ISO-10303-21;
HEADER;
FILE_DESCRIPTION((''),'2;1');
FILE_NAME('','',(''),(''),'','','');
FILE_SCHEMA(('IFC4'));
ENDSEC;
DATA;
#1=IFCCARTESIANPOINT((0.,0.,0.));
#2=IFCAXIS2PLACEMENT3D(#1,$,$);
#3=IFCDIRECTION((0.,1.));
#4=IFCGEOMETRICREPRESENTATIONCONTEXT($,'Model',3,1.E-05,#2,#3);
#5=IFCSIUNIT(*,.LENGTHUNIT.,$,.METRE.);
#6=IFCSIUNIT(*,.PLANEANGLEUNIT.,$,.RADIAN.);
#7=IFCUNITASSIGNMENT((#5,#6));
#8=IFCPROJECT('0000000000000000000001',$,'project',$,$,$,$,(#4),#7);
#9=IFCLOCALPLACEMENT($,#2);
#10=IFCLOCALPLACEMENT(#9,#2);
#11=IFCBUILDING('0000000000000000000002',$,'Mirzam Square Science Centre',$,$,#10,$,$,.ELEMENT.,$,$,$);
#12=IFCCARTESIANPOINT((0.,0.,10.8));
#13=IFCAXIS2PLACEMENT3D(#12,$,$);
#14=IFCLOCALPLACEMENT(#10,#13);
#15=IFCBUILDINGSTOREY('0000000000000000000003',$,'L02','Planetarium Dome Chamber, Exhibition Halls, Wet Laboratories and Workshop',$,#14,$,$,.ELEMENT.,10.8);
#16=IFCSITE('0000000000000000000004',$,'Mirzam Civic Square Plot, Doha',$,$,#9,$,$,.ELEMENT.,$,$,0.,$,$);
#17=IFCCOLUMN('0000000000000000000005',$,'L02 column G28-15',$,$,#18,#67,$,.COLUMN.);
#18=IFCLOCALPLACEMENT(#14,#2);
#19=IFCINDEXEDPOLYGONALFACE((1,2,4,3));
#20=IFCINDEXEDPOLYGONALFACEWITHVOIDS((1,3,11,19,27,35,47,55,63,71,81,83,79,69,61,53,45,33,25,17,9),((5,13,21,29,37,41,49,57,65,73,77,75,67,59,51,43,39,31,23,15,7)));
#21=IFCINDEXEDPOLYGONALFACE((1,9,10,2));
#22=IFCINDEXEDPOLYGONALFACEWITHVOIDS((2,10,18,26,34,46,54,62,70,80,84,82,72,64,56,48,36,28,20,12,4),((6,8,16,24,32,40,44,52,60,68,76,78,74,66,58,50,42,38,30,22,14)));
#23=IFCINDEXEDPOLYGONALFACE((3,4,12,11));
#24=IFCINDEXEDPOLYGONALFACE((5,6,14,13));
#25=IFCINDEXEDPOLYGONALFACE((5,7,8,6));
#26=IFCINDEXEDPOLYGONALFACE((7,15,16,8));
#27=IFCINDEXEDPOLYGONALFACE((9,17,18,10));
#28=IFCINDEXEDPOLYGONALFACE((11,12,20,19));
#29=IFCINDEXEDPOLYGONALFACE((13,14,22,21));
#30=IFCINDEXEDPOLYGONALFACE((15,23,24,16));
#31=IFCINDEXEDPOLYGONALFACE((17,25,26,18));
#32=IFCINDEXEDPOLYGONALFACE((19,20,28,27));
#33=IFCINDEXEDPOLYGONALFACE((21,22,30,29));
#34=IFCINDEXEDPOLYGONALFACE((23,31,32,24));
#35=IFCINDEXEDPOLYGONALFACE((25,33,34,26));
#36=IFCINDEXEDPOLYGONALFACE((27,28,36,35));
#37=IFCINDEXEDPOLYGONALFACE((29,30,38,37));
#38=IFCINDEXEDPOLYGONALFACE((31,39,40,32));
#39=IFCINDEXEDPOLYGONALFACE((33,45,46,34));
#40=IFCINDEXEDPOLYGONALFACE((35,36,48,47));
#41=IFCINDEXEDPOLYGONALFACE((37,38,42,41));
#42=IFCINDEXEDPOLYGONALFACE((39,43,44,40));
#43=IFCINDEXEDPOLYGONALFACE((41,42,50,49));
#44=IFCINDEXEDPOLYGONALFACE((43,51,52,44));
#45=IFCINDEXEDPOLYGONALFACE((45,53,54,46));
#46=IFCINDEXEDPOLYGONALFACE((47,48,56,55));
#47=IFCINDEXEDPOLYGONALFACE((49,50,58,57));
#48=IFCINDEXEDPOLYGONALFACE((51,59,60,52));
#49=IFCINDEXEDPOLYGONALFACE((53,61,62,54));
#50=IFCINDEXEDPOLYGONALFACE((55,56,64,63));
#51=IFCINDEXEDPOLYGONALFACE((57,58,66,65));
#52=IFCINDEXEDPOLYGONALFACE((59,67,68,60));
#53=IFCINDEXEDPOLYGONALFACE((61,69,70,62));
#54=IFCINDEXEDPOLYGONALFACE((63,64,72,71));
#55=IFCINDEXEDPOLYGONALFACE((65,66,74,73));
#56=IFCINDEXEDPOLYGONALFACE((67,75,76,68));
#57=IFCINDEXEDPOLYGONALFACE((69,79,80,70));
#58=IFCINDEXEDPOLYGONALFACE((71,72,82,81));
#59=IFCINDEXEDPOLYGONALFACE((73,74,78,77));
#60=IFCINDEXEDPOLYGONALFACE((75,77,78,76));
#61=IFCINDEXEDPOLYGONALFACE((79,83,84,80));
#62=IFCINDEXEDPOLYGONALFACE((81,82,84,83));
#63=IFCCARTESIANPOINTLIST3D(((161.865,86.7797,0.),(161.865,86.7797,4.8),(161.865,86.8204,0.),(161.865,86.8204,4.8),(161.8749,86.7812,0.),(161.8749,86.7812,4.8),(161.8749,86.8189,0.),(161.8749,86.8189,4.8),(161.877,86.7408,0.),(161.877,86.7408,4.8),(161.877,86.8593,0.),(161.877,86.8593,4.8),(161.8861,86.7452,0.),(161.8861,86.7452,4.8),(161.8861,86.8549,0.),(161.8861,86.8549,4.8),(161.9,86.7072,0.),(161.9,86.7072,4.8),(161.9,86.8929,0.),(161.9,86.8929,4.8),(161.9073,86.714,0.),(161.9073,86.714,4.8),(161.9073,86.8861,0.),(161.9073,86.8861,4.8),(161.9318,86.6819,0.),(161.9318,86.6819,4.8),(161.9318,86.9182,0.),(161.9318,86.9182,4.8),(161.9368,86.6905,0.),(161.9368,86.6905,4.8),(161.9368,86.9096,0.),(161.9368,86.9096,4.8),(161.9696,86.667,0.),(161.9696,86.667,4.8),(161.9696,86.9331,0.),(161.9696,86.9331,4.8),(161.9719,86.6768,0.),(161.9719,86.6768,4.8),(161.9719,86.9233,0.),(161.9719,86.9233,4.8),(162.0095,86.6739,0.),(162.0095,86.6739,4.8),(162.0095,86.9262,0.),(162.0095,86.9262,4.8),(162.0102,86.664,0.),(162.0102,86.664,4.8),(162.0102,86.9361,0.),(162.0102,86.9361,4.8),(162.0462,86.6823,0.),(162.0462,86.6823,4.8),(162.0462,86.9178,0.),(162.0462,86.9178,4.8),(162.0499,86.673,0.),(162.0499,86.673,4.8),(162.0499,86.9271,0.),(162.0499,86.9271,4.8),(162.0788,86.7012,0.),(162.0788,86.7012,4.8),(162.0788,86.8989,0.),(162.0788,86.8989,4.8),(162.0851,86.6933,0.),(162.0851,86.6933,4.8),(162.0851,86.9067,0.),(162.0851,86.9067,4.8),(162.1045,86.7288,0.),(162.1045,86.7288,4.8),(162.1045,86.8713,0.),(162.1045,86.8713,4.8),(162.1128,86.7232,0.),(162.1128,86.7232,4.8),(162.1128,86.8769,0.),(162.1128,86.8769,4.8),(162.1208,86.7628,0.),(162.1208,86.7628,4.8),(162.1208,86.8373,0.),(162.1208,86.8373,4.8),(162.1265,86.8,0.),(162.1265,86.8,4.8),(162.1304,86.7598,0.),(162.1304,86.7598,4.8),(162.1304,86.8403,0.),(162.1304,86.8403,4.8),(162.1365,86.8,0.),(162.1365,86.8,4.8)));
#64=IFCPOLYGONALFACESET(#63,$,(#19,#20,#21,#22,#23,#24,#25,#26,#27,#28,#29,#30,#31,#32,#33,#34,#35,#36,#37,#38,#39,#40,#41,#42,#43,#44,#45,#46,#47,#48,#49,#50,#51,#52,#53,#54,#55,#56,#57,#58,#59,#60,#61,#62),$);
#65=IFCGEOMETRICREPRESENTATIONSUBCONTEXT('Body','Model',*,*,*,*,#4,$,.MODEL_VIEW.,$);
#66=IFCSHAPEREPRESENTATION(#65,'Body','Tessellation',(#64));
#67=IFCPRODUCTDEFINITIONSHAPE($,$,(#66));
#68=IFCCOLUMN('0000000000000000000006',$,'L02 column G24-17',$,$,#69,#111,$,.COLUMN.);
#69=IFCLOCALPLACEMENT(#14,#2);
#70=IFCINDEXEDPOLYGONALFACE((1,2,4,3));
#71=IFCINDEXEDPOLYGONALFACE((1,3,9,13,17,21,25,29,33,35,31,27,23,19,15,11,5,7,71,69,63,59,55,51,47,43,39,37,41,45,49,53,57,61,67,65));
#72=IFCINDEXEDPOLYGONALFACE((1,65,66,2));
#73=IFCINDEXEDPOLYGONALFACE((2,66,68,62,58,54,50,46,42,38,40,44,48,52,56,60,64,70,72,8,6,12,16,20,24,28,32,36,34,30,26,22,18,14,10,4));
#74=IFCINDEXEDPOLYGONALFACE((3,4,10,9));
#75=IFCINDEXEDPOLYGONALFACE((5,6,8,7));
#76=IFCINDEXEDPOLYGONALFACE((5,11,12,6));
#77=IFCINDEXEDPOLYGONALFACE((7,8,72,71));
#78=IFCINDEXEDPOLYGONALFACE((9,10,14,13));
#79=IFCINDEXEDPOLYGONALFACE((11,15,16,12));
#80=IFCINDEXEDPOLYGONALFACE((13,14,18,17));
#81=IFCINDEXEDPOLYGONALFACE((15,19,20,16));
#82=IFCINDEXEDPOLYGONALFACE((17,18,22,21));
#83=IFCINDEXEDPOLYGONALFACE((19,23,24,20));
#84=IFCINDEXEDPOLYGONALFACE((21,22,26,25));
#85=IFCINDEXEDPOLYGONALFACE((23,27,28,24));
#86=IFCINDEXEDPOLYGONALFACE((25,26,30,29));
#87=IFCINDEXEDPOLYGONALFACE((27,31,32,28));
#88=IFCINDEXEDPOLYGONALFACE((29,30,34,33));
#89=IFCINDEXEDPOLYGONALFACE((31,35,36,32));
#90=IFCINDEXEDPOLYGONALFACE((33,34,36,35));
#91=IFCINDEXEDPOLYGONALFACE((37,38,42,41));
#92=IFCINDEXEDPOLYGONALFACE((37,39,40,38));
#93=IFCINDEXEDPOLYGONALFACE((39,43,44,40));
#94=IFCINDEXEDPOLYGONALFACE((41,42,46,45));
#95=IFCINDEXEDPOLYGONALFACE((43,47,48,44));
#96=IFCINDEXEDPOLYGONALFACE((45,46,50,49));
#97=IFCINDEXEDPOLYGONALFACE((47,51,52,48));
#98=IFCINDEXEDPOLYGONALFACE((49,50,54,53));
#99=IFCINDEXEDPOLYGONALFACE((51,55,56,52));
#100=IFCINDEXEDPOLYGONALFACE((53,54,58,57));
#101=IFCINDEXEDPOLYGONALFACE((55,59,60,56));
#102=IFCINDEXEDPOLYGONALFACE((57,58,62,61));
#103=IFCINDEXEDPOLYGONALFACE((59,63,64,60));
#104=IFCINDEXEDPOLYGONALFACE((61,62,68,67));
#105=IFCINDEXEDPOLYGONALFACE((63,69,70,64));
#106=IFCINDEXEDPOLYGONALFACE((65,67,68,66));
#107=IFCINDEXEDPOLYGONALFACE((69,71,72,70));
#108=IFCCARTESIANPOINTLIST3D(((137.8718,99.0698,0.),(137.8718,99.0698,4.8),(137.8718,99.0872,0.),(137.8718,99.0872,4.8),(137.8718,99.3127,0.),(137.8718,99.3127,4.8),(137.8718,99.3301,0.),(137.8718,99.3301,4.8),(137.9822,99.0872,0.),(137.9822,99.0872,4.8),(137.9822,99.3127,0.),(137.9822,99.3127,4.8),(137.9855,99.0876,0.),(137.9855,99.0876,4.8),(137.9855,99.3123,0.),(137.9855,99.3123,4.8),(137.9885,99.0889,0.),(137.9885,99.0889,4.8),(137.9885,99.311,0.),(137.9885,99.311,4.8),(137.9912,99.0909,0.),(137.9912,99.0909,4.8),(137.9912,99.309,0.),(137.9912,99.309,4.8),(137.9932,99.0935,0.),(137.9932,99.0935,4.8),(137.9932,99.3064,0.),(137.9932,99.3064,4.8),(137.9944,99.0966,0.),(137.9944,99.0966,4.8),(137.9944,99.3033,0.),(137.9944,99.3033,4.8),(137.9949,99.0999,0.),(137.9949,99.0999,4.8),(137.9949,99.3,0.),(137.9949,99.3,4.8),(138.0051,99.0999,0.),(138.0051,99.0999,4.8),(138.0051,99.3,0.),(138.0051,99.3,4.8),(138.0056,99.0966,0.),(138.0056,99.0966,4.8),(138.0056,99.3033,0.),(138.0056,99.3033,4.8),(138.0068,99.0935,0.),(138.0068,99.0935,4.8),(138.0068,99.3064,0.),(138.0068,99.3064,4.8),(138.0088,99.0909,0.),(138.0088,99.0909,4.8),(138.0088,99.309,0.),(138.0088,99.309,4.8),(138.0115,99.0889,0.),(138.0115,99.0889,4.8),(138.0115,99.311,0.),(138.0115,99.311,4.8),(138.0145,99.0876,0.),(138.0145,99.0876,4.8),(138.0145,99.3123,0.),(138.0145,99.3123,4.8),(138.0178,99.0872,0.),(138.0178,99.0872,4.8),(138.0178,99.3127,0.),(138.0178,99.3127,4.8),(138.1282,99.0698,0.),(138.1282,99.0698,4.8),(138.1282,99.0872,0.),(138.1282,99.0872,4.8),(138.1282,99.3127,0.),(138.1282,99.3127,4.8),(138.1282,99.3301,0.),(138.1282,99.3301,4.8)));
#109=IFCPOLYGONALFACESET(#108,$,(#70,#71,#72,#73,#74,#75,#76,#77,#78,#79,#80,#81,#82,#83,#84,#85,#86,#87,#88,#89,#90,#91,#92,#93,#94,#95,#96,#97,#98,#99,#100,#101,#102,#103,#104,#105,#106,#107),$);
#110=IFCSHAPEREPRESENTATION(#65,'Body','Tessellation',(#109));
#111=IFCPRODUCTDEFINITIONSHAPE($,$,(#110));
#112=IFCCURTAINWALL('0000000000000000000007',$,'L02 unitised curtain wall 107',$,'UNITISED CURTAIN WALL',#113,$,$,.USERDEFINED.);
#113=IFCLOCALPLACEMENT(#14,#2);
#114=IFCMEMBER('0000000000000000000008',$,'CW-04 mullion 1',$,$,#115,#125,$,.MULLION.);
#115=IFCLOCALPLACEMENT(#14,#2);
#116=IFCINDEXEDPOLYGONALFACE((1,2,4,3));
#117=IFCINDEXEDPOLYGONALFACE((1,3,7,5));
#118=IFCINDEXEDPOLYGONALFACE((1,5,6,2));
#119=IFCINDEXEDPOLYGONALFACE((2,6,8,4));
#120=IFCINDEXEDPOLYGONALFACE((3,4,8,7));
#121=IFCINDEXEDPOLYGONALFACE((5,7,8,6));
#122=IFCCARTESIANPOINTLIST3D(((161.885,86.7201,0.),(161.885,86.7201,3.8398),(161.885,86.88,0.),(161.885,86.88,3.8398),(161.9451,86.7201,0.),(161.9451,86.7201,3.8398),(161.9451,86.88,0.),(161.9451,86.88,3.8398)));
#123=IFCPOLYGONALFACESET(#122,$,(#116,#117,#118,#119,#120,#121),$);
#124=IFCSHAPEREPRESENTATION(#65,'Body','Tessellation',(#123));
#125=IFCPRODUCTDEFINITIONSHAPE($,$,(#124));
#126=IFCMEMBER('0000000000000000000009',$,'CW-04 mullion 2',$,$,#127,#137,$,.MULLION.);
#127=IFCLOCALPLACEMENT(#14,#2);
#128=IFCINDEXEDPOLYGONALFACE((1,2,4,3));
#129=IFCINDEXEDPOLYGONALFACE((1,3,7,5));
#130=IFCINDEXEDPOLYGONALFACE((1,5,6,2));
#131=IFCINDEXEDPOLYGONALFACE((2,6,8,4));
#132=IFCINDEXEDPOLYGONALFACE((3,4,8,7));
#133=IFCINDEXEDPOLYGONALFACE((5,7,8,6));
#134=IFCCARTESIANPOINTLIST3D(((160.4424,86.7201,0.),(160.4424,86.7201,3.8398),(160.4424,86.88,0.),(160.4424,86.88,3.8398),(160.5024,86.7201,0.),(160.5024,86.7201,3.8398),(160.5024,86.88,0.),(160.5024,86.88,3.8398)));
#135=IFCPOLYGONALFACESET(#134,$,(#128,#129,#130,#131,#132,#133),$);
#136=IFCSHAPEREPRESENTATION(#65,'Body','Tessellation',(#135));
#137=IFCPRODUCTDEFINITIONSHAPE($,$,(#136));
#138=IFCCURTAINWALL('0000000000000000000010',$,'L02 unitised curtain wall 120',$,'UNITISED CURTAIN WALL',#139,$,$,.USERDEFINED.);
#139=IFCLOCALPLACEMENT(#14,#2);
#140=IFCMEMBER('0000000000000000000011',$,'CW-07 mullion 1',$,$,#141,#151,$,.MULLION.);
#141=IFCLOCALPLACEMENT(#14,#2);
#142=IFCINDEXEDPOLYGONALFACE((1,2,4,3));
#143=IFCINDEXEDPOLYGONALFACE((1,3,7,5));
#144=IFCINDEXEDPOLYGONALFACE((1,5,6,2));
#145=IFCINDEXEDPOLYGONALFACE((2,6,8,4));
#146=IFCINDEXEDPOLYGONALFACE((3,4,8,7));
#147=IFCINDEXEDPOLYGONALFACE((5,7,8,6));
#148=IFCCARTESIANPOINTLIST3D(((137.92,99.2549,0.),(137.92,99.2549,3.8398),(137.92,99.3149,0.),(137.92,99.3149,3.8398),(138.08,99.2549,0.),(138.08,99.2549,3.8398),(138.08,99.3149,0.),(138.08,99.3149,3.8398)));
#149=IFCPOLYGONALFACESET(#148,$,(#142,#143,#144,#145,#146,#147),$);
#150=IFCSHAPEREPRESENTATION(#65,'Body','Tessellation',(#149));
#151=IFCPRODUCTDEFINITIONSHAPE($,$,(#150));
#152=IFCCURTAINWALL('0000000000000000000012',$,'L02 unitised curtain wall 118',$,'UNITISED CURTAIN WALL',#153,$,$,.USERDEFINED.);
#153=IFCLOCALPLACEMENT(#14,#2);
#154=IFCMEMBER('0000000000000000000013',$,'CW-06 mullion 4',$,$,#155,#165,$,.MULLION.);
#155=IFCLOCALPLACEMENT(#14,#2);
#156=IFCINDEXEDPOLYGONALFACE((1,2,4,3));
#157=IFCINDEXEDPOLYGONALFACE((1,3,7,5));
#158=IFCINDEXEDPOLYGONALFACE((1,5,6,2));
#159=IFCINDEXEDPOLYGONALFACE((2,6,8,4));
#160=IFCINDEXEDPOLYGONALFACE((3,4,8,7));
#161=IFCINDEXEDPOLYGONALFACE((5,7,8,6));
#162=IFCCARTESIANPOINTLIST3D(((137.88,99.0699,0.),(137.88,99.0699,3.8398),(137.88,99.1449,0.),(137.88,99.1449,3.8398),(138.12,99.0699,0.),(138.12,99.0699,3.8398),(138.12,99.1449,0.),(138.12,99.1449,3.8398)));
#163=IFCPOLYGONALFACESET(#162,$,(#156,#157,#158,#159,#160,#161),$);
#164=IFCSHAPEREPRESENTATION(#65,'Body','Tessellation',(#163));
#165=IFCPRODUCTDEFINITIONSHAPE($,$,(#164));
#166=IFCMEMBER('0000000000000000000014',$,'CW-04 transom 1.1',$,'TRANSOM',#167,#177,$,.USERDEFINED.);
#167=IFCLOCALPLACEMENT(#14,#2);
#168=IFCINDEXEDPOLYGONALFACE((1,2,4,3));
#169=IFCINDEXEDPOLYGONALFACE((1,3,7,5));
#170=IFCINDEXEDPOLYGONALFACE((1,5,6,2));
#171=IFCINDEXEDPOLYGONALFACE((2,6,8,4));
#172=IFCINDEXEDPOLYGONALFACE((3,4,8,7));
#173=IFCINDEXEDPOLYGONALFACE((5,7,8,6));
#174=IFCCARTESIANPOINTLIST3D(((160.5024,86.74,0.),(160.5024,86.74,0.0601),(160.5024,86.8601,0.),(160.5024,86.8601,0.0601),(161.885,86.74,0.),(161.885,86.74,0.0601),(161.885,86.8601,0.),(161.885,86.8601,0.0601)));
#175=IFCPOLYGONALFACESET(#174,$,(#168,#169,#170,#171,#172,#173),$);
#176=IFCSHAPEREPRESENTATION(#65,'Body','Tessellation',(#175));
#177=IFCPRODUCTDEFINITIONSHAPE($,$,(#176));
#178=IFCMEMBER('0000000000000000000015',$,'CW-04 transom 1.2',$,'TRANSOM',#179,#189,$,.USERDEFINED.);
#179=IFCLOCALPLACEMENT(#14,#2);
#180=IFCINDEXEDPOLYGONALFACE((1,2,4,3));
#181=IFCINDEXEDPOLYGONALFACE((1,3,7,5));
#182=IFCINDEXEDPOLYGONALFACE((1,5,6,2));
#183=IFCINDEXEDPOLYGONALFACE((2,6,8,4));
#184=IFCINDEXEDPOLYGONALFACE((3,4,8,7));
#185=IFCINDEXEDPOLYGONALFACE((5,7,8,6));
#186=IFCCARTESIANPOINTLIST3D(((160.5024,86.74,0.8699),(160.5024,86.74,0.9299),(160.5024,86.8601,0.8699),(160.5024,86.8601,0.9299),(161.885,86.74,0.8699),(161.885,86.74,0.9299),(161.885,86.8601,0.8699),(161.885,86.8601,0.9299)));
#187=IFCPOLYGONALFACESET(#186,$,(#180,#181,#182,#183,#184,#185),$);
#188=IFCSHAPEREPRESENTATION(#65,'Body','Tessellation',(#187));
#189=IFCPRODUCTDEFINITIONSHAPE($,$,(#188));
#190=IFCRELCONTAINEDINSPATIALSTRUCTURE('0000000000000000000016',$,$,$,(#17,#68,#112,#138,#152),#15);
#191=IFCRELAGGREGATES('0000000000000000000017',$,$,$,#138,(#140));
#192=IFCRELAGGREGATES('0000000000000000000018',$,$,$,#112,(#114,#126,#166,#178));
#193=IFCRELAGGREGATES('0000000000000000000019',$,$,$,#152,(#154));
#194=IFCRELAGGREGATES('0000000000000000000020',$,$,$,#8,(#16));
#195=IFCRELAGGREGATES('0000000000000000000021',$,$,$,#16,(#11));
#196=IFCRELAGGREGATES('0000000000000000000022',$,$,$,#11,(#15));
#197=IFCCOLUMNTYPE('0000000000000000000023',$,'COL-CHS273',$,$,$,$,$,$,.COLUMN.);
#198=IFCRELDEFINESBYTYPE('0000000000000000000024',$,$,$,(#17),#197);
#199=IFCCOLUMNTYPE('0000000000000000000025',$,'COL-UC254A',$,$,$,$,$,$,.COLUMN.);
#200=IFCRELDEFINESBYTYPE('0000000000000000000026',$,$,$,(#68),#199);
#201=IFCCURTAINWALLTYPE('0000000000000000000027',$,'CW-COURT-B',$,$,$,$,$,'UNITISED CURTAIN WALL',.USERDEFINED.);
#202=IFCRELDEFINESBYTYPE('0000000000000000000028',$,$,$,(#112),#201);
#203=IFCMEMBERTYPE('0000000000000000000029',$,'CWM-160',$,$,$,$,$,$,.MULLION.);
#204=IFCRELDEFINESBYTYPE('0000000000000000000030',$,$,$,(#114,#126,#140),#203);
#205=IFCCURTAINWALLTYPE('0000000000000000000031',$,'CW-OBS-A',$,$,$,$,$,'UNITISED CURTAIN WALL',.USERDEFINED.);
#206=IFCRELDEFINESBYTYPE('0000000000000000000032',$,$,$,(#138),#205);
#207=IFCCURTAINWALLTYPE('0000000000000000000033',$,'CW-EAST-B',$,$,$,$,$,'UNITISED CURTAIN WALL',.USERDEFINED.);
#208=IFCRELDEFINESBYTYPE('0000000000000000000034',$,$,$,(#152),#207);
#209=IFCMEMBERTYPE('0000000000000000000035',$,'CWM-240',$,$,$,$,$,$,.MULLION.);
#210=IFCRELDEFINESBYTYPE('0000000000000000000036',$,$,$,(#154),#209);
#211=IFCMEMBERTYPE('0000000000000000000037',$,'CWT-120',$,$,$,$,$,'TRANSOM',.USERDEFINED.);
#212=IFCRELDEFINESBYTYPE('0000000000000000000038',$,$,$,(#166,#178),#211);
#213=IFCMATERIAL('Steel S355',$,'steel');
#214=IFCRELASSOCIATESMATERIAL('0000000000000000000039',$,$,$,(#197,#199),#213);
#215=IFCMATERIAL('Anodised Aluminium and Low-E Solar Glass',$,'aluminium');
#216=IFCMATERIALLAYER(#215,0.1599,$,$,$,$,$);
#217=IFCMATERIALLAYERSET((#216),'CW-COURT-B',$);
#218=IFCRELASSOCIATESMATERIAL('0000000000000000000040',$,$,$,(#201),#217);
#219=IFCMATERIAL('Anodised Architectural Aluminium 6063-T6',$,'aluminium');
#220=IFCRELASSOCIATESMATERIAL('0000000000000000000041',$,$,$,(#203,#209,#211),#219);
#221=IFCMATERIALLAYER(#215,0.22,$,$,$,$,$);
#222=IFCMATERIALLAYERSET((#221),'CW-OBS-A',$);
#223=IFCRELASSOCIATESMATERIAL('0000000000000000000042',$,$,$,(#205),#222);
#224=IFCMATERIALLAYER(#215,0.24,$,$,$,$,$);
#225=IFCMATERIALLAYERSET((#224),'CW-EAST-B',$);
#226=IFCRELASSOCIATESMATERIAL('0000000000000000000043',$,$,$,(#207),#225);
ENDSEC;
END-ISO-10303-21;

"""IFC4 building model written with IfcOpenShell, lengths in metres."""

from ifc_helpers import new_model, si_unit, direction, frame, origin, origin_2d, place, context, subcontext, project, spatial, rectangle, hollow_circle, i_section, extrude, material, layer, layer_set, material_profile, profile_set, type_object, element, aggregate, save


model = new_model("IFC4")

# Units and contexts
model_context = context("Model", 3, precision=1e-05, world=origin(), true_north=direction((0.0, 1.0)))
body_context = subcontext(model_context, "Body", "Model", "MODEL_VIEW")
ifc_project = project(units=[si_unit("LENGTHUNIT", "METRE"), si_unit("PLANEANGLEUNIT", "RADIAN")], contexts=[model_context])

# Site, building, storey
site_placement = place(None, origin())
site = spatial("IfcSite", under=ifc_project, at=site_placement, Name="Mirzam Civic Square Plot, Doha", CompositionType="ELEMENT", RefElevation=0.0)
building_placement = place(site_placement, origin())
building = spatial("IfcBuilding", under=site, at=building_placement, Name="Mirzam Square Science Centre", CompositionType="ELEMENT")
storey_placement = place(building_placement, frame((0.0, 0.0, 10.8)))
storey = spatial("IfcBuildingStorey", under=building, at=storey_placement, Name="L02", Description="Planetarium Dome Chamber, Exhibition Halls, Wet Laboratories and Workshop", CompositionType="ELEMENT", Elevation=10.8)

# Columns
ifc_material_1 = material(Name="Steel S355", Category="steel")
ifc_material_profile_1 = material_profile(ifc_material_1, hollow_circle(Radius=0.1365, WallThickness=0.01, at=origin_2d()), Name="273.0x10.0CHS")
ifc_profile_set_1 = profile_set([ifc_material_profile_1], Name="Steel S355")
column_type_1 = type_object("IfcColumnType", Name="COL-CHS273", PredefinedType="COLUMN", material=ifc_profile_set_1)
column_1_placement = place(storey_placement, frame((162.0, 86.8, 0.0), z_axis=(0.0, 0.0, 1.0), x_axis=(1.0, 0.0, 0.0)))
element("IfcColumn", 1, at=column_1_placement, inside=storey, type_object=column_type_1, Name="L02 column G28-15", PredefinedType="COLUMN", context=body_context, shape_type="SweptSolid", body=[
    extrude(hollow_circle(Radius=0.1365, WallThickness=0.01, at=origin_2d()), origin(), (0.0, 0.0, 1.0), 4.8),
])
ifc_material_profile_2 = material_profile(ifc_material_1, i_section(OverallWidth=0.2563, OverallDepth=0.2603, WebThickness=0.0103, FlangeThickness=0.0173, FilletRadius=0.0127, at=origin_2d()), Name="254x254x89UC")
ifc_profile_set_2 = profile_set([ifc_material_profile_2], Name="Steel S355")
column_type_2 = type_object("IfcColumnType", Name="COL-UC254A", PredefinedType="COLUMN", material=ifc_profile_set_2)
column_2_placement = place(storey_placement, frame((138.0, 99.2, 0.0), z_axis=(0.0, 0.0, 1.0), x_axis=(1.0, 0.0, 0.0)))
element("IfcColumn", 2, at=column_2_placement, inside=storey, type_object=column_type_2, Name="L02 column G24-17", PredefinedType="COLUMN", context=body_context, shape_type="SweptSolid", body=[
    extrude(i_section(OverallWidth=0.2563, OverallDepth=0.2603, WebThickness=0.0103, FlangeThickness=0.0173, FilletRadius=0.0127, at=origin_2d()), origin(), (0.0, 0.0, 1.0), 4.8),
])

# Curtain wall, members
ifc_material_2 = material(Name="Anodised Aluminium and Low-E Solar Glass", Category="aluminium")
ifc_layer_1 = layer(ifc_material_2, 0.1599)
ifc_layer_set_1 = layer_set([ifc_layer_1], Name="CW-COURT-B")
curtain_wall_type_1 = type_object("IfcCurtainWallType", Name="CW-COURT-B", ElementType="UNITISED CURTAIN WALL", PredefinedType="USERDEFINED", material=ifc_layer_set_1)
curtain_wall_1_placement = place(storey_placement, origin())
curtain_wall_1 = element("IfcCurtainWall", 3, at=curtain_wall_1_placement, inside=storey, type_object=curtain_wall_type_1, Name="L02 unitised curtain wall 107", ObjectType="UNITISED CURTAIN WALL", PredefinedType="USERDEFINED")
ifc_material_3 = material(Name="Anodised Architectural Aluminium 6063-T6", Category="aluminium")
ifc_material_profile_3 = material_profile(ifc_material_3, rectangle(XDim=0.0601, YDim=0.1599, at=origin_2d()), Name="ALU-MULL-160x60x4")
ifc_profile_set_3 = profile_set([ifc_material_profile_3], Name="Anodised Architectural Aluminium 6063-T6")
member_type_1 = type_object("IfcMemberType", Name="CWM-160", PredefinedType="MULLION", material=ifc_profile_set_3)
member_1_placement = place(storey_placement, frame((161.915, 86.8, 0.0), z_axis=(0.0, 0.0, 1.0), x_axis=(-1.0, 0.0, 0.0)))
member_1 = element("IfcMember", 4, at=member_1_placement, type_object=member_type_1, Name="CW-04 mullion 1", PredefinedType="MULLION", context=body_context, shape_type="SweptSolid", body=[
    extrude(rectangle(XDim=0.0601, YDim=0.1599, at=origin_2d()), origin(), (0.0, 0.0, 1.0), 3.8398),
])
member_2_placement = place(storey_placement, frame((160.4724, 86.8, 0.0), z_axis=(0.0, 0.0, 1.0), x_axis=(-1.0, 0.0, 0.0)))
member_2 = element("IfcMember", 5, at=member_2_placement, type_object=member_type_1, Name="CW-04 mullion 2", PredefinedType="MULLION", context=body_context, shape_type="SweptSolid", body=[
    extrude(rectangle(XDim=0.0601, YDim=0.1599, at=origin_2d()), origin(), (0.0, 0.0, 1.0), 3.8398),
])

# Curtain walls, members
ifc_layer_2 = layer(ifc_material_2, 0.22)
ifc_layer_set_2 = layer_set([ifc_layer_2], Name="CW-OBS-A")
curtain_wall_type_2 = type_object("IfcCurtainWallType", Name="CW-OBS-A", ElementType="UNITISED CURTAIN WALL", PredefinedType="USERDEFINED", material=ifc_layer_set_2)
curtain_wall_2_placement = place(storey_placement, origin())
curtain_wall_2 = element("IfcCurtainWall", 6, at=curtain_wall_2_placement, inside=storey, type_object=curtain_wall_type_2, Name="L02 unitised curtain wall 120", ObjectType="UNITISED CURTAIN WALL", PredefinedType="USERDEFINED")
member_3_placement = place(storey_placement, frame((138.0, 99.2849, 0.0), z_axis=(0.0, 0.0, 1.0), x_axis=(0.0, 1.0, 0.0)))
member_3 = element("IfcMember", 7, at=member_3_placement, type_object=member_type_1, Name="CW-07 mullion 1", PredefinedType="MULLION", context=body_context, shape_type="SweptSolid", body=[
    extrude(rectangle(XDim=0.0601, YDim=0.1599, at=origin_2d()), origin(), (0.0, 0.0, 1.0), 3.8398),
])
aggregate(curtain_wall_2, [member_3])
ifc_layer_3 = layer(ifc_material_2, 0.24)
ifc_layer_set_3 = layer_set([ifc_layer_3], Name="CW-EAST-B")
curtain_wall_type_3 = type_object("IfcCurtainWallType", Name="CW-EAST-B", ElementType="UNITISED CURTAIN WALL", PredefinedType="USERDEFINED", material=ifc_layer_set_3)
curtain_wall_3_placement = place(storey_placement, origin())
curtain_wall_3 = element("IfcCurtainWall", 8, at=curtain_wall_3_placement, inside=storey, type_object=curtain_wall_type_3, Name="L02 unitised curtain wall 118", ObjectType="UNITISED CURTAIN WALL", PredefinedType="USERDEFINED")
ifc_material_profile_4 = material_profile(ifc_material_3, rectangle(XDim=0.075, YDim=0.24, at=origin_2d()), Name="ALU-MULL-240x75x5")
ifc_profile_set_4 = profile_set([ifc_material_profile_4], Name="Anodised Architectural Aluminium 6063-T6")
member_type_2 = type_object("IfcMemberType", Name="CWM-240", PredefinedType="MULLION", material=ifc_profile_set_4)
member_4_placement = place(storey_placement, frame((138.0, 99.1074, 0.0), z_axis=(0.0, 0.0, 1.0), x_axis=(0.0, 1.0, 0.0)))
member_4 = element("IfcMember", 9, at=member_4_placement, type_object=member_type_2, Name="CW-06 mullion 4", PredefinedType="MULLION", context=body_context, shape_type="SweptSolid", body=[
    extrude(rectangle(XDim=0.075, YDim=0.24, at=origin_2d()), origin(), (0.0, 0.0, 1.0), 3.8398),
])

# Members
ifc_material_profile_5 = material_profile(ifc_material_3, rectangle(XDim=0.1201, YDim=0.0601, at=origin_2d()), Name="ALU-TRAN-120x60x4")
ifc_profile_set_5 = profile_set([ifc_material_profile_5], Name="Anodised Architectural Aluminium 6063-T6")
member_type_3 = type_object("IfcMemberType", Name="CWT-120", ElementType="TRANSOM", PredefinedType="USERDEFINED", material=ifc_profile_set_5)
member_5_placement = place(storey_placement, frame((161.885, 86.8, 0.03), z_axis=(-1.0, 0.0, 0.0), x_axis=(0.0, -1.0, 0.0)))
member_5 = element("IfcMember", 10, at=member_5_placement, type_object=member_type_3, Name="CW-04 transom 1.1", ObjectType="TRANSOM", PredefinedType="USERDEFINED", context=body_context, shape_type="SweptSolid", body=[
    extrude(rectangle(XDim=0.1201, YDim=0.0601, at=origin_2d()), origin(), (0.0, 0.0, 1.0), 1.3826),
])
member_6_placement = place(storey_placement, frame((161.885, 86.8, 0.8999), z_axis=(-1.0, 0.0, 0.0), x_axis=(0.0, -1.0, 0.0)))
member_6 = element("IfcMember", 11, at=member_6_placement, type_object=member_type_3, Name="CW-04 transom 1.2", ObjectType="TRANSOM", PredefinedType="USERDEFINED", context=body_context, shape_type="SweptSolid", body=[
    extrude(rectangle(XDim=0.1201, YDim=0.0601, at=origin_2d()), origin(), (0.0, 0.0, 1.0), 1.3826),
])

aggregate(curtain_wall_1, [member_1, member_2, member_5, member_6])
aggregate(curtain_wall_3, [member_4])

save(model, "model.ifc")
